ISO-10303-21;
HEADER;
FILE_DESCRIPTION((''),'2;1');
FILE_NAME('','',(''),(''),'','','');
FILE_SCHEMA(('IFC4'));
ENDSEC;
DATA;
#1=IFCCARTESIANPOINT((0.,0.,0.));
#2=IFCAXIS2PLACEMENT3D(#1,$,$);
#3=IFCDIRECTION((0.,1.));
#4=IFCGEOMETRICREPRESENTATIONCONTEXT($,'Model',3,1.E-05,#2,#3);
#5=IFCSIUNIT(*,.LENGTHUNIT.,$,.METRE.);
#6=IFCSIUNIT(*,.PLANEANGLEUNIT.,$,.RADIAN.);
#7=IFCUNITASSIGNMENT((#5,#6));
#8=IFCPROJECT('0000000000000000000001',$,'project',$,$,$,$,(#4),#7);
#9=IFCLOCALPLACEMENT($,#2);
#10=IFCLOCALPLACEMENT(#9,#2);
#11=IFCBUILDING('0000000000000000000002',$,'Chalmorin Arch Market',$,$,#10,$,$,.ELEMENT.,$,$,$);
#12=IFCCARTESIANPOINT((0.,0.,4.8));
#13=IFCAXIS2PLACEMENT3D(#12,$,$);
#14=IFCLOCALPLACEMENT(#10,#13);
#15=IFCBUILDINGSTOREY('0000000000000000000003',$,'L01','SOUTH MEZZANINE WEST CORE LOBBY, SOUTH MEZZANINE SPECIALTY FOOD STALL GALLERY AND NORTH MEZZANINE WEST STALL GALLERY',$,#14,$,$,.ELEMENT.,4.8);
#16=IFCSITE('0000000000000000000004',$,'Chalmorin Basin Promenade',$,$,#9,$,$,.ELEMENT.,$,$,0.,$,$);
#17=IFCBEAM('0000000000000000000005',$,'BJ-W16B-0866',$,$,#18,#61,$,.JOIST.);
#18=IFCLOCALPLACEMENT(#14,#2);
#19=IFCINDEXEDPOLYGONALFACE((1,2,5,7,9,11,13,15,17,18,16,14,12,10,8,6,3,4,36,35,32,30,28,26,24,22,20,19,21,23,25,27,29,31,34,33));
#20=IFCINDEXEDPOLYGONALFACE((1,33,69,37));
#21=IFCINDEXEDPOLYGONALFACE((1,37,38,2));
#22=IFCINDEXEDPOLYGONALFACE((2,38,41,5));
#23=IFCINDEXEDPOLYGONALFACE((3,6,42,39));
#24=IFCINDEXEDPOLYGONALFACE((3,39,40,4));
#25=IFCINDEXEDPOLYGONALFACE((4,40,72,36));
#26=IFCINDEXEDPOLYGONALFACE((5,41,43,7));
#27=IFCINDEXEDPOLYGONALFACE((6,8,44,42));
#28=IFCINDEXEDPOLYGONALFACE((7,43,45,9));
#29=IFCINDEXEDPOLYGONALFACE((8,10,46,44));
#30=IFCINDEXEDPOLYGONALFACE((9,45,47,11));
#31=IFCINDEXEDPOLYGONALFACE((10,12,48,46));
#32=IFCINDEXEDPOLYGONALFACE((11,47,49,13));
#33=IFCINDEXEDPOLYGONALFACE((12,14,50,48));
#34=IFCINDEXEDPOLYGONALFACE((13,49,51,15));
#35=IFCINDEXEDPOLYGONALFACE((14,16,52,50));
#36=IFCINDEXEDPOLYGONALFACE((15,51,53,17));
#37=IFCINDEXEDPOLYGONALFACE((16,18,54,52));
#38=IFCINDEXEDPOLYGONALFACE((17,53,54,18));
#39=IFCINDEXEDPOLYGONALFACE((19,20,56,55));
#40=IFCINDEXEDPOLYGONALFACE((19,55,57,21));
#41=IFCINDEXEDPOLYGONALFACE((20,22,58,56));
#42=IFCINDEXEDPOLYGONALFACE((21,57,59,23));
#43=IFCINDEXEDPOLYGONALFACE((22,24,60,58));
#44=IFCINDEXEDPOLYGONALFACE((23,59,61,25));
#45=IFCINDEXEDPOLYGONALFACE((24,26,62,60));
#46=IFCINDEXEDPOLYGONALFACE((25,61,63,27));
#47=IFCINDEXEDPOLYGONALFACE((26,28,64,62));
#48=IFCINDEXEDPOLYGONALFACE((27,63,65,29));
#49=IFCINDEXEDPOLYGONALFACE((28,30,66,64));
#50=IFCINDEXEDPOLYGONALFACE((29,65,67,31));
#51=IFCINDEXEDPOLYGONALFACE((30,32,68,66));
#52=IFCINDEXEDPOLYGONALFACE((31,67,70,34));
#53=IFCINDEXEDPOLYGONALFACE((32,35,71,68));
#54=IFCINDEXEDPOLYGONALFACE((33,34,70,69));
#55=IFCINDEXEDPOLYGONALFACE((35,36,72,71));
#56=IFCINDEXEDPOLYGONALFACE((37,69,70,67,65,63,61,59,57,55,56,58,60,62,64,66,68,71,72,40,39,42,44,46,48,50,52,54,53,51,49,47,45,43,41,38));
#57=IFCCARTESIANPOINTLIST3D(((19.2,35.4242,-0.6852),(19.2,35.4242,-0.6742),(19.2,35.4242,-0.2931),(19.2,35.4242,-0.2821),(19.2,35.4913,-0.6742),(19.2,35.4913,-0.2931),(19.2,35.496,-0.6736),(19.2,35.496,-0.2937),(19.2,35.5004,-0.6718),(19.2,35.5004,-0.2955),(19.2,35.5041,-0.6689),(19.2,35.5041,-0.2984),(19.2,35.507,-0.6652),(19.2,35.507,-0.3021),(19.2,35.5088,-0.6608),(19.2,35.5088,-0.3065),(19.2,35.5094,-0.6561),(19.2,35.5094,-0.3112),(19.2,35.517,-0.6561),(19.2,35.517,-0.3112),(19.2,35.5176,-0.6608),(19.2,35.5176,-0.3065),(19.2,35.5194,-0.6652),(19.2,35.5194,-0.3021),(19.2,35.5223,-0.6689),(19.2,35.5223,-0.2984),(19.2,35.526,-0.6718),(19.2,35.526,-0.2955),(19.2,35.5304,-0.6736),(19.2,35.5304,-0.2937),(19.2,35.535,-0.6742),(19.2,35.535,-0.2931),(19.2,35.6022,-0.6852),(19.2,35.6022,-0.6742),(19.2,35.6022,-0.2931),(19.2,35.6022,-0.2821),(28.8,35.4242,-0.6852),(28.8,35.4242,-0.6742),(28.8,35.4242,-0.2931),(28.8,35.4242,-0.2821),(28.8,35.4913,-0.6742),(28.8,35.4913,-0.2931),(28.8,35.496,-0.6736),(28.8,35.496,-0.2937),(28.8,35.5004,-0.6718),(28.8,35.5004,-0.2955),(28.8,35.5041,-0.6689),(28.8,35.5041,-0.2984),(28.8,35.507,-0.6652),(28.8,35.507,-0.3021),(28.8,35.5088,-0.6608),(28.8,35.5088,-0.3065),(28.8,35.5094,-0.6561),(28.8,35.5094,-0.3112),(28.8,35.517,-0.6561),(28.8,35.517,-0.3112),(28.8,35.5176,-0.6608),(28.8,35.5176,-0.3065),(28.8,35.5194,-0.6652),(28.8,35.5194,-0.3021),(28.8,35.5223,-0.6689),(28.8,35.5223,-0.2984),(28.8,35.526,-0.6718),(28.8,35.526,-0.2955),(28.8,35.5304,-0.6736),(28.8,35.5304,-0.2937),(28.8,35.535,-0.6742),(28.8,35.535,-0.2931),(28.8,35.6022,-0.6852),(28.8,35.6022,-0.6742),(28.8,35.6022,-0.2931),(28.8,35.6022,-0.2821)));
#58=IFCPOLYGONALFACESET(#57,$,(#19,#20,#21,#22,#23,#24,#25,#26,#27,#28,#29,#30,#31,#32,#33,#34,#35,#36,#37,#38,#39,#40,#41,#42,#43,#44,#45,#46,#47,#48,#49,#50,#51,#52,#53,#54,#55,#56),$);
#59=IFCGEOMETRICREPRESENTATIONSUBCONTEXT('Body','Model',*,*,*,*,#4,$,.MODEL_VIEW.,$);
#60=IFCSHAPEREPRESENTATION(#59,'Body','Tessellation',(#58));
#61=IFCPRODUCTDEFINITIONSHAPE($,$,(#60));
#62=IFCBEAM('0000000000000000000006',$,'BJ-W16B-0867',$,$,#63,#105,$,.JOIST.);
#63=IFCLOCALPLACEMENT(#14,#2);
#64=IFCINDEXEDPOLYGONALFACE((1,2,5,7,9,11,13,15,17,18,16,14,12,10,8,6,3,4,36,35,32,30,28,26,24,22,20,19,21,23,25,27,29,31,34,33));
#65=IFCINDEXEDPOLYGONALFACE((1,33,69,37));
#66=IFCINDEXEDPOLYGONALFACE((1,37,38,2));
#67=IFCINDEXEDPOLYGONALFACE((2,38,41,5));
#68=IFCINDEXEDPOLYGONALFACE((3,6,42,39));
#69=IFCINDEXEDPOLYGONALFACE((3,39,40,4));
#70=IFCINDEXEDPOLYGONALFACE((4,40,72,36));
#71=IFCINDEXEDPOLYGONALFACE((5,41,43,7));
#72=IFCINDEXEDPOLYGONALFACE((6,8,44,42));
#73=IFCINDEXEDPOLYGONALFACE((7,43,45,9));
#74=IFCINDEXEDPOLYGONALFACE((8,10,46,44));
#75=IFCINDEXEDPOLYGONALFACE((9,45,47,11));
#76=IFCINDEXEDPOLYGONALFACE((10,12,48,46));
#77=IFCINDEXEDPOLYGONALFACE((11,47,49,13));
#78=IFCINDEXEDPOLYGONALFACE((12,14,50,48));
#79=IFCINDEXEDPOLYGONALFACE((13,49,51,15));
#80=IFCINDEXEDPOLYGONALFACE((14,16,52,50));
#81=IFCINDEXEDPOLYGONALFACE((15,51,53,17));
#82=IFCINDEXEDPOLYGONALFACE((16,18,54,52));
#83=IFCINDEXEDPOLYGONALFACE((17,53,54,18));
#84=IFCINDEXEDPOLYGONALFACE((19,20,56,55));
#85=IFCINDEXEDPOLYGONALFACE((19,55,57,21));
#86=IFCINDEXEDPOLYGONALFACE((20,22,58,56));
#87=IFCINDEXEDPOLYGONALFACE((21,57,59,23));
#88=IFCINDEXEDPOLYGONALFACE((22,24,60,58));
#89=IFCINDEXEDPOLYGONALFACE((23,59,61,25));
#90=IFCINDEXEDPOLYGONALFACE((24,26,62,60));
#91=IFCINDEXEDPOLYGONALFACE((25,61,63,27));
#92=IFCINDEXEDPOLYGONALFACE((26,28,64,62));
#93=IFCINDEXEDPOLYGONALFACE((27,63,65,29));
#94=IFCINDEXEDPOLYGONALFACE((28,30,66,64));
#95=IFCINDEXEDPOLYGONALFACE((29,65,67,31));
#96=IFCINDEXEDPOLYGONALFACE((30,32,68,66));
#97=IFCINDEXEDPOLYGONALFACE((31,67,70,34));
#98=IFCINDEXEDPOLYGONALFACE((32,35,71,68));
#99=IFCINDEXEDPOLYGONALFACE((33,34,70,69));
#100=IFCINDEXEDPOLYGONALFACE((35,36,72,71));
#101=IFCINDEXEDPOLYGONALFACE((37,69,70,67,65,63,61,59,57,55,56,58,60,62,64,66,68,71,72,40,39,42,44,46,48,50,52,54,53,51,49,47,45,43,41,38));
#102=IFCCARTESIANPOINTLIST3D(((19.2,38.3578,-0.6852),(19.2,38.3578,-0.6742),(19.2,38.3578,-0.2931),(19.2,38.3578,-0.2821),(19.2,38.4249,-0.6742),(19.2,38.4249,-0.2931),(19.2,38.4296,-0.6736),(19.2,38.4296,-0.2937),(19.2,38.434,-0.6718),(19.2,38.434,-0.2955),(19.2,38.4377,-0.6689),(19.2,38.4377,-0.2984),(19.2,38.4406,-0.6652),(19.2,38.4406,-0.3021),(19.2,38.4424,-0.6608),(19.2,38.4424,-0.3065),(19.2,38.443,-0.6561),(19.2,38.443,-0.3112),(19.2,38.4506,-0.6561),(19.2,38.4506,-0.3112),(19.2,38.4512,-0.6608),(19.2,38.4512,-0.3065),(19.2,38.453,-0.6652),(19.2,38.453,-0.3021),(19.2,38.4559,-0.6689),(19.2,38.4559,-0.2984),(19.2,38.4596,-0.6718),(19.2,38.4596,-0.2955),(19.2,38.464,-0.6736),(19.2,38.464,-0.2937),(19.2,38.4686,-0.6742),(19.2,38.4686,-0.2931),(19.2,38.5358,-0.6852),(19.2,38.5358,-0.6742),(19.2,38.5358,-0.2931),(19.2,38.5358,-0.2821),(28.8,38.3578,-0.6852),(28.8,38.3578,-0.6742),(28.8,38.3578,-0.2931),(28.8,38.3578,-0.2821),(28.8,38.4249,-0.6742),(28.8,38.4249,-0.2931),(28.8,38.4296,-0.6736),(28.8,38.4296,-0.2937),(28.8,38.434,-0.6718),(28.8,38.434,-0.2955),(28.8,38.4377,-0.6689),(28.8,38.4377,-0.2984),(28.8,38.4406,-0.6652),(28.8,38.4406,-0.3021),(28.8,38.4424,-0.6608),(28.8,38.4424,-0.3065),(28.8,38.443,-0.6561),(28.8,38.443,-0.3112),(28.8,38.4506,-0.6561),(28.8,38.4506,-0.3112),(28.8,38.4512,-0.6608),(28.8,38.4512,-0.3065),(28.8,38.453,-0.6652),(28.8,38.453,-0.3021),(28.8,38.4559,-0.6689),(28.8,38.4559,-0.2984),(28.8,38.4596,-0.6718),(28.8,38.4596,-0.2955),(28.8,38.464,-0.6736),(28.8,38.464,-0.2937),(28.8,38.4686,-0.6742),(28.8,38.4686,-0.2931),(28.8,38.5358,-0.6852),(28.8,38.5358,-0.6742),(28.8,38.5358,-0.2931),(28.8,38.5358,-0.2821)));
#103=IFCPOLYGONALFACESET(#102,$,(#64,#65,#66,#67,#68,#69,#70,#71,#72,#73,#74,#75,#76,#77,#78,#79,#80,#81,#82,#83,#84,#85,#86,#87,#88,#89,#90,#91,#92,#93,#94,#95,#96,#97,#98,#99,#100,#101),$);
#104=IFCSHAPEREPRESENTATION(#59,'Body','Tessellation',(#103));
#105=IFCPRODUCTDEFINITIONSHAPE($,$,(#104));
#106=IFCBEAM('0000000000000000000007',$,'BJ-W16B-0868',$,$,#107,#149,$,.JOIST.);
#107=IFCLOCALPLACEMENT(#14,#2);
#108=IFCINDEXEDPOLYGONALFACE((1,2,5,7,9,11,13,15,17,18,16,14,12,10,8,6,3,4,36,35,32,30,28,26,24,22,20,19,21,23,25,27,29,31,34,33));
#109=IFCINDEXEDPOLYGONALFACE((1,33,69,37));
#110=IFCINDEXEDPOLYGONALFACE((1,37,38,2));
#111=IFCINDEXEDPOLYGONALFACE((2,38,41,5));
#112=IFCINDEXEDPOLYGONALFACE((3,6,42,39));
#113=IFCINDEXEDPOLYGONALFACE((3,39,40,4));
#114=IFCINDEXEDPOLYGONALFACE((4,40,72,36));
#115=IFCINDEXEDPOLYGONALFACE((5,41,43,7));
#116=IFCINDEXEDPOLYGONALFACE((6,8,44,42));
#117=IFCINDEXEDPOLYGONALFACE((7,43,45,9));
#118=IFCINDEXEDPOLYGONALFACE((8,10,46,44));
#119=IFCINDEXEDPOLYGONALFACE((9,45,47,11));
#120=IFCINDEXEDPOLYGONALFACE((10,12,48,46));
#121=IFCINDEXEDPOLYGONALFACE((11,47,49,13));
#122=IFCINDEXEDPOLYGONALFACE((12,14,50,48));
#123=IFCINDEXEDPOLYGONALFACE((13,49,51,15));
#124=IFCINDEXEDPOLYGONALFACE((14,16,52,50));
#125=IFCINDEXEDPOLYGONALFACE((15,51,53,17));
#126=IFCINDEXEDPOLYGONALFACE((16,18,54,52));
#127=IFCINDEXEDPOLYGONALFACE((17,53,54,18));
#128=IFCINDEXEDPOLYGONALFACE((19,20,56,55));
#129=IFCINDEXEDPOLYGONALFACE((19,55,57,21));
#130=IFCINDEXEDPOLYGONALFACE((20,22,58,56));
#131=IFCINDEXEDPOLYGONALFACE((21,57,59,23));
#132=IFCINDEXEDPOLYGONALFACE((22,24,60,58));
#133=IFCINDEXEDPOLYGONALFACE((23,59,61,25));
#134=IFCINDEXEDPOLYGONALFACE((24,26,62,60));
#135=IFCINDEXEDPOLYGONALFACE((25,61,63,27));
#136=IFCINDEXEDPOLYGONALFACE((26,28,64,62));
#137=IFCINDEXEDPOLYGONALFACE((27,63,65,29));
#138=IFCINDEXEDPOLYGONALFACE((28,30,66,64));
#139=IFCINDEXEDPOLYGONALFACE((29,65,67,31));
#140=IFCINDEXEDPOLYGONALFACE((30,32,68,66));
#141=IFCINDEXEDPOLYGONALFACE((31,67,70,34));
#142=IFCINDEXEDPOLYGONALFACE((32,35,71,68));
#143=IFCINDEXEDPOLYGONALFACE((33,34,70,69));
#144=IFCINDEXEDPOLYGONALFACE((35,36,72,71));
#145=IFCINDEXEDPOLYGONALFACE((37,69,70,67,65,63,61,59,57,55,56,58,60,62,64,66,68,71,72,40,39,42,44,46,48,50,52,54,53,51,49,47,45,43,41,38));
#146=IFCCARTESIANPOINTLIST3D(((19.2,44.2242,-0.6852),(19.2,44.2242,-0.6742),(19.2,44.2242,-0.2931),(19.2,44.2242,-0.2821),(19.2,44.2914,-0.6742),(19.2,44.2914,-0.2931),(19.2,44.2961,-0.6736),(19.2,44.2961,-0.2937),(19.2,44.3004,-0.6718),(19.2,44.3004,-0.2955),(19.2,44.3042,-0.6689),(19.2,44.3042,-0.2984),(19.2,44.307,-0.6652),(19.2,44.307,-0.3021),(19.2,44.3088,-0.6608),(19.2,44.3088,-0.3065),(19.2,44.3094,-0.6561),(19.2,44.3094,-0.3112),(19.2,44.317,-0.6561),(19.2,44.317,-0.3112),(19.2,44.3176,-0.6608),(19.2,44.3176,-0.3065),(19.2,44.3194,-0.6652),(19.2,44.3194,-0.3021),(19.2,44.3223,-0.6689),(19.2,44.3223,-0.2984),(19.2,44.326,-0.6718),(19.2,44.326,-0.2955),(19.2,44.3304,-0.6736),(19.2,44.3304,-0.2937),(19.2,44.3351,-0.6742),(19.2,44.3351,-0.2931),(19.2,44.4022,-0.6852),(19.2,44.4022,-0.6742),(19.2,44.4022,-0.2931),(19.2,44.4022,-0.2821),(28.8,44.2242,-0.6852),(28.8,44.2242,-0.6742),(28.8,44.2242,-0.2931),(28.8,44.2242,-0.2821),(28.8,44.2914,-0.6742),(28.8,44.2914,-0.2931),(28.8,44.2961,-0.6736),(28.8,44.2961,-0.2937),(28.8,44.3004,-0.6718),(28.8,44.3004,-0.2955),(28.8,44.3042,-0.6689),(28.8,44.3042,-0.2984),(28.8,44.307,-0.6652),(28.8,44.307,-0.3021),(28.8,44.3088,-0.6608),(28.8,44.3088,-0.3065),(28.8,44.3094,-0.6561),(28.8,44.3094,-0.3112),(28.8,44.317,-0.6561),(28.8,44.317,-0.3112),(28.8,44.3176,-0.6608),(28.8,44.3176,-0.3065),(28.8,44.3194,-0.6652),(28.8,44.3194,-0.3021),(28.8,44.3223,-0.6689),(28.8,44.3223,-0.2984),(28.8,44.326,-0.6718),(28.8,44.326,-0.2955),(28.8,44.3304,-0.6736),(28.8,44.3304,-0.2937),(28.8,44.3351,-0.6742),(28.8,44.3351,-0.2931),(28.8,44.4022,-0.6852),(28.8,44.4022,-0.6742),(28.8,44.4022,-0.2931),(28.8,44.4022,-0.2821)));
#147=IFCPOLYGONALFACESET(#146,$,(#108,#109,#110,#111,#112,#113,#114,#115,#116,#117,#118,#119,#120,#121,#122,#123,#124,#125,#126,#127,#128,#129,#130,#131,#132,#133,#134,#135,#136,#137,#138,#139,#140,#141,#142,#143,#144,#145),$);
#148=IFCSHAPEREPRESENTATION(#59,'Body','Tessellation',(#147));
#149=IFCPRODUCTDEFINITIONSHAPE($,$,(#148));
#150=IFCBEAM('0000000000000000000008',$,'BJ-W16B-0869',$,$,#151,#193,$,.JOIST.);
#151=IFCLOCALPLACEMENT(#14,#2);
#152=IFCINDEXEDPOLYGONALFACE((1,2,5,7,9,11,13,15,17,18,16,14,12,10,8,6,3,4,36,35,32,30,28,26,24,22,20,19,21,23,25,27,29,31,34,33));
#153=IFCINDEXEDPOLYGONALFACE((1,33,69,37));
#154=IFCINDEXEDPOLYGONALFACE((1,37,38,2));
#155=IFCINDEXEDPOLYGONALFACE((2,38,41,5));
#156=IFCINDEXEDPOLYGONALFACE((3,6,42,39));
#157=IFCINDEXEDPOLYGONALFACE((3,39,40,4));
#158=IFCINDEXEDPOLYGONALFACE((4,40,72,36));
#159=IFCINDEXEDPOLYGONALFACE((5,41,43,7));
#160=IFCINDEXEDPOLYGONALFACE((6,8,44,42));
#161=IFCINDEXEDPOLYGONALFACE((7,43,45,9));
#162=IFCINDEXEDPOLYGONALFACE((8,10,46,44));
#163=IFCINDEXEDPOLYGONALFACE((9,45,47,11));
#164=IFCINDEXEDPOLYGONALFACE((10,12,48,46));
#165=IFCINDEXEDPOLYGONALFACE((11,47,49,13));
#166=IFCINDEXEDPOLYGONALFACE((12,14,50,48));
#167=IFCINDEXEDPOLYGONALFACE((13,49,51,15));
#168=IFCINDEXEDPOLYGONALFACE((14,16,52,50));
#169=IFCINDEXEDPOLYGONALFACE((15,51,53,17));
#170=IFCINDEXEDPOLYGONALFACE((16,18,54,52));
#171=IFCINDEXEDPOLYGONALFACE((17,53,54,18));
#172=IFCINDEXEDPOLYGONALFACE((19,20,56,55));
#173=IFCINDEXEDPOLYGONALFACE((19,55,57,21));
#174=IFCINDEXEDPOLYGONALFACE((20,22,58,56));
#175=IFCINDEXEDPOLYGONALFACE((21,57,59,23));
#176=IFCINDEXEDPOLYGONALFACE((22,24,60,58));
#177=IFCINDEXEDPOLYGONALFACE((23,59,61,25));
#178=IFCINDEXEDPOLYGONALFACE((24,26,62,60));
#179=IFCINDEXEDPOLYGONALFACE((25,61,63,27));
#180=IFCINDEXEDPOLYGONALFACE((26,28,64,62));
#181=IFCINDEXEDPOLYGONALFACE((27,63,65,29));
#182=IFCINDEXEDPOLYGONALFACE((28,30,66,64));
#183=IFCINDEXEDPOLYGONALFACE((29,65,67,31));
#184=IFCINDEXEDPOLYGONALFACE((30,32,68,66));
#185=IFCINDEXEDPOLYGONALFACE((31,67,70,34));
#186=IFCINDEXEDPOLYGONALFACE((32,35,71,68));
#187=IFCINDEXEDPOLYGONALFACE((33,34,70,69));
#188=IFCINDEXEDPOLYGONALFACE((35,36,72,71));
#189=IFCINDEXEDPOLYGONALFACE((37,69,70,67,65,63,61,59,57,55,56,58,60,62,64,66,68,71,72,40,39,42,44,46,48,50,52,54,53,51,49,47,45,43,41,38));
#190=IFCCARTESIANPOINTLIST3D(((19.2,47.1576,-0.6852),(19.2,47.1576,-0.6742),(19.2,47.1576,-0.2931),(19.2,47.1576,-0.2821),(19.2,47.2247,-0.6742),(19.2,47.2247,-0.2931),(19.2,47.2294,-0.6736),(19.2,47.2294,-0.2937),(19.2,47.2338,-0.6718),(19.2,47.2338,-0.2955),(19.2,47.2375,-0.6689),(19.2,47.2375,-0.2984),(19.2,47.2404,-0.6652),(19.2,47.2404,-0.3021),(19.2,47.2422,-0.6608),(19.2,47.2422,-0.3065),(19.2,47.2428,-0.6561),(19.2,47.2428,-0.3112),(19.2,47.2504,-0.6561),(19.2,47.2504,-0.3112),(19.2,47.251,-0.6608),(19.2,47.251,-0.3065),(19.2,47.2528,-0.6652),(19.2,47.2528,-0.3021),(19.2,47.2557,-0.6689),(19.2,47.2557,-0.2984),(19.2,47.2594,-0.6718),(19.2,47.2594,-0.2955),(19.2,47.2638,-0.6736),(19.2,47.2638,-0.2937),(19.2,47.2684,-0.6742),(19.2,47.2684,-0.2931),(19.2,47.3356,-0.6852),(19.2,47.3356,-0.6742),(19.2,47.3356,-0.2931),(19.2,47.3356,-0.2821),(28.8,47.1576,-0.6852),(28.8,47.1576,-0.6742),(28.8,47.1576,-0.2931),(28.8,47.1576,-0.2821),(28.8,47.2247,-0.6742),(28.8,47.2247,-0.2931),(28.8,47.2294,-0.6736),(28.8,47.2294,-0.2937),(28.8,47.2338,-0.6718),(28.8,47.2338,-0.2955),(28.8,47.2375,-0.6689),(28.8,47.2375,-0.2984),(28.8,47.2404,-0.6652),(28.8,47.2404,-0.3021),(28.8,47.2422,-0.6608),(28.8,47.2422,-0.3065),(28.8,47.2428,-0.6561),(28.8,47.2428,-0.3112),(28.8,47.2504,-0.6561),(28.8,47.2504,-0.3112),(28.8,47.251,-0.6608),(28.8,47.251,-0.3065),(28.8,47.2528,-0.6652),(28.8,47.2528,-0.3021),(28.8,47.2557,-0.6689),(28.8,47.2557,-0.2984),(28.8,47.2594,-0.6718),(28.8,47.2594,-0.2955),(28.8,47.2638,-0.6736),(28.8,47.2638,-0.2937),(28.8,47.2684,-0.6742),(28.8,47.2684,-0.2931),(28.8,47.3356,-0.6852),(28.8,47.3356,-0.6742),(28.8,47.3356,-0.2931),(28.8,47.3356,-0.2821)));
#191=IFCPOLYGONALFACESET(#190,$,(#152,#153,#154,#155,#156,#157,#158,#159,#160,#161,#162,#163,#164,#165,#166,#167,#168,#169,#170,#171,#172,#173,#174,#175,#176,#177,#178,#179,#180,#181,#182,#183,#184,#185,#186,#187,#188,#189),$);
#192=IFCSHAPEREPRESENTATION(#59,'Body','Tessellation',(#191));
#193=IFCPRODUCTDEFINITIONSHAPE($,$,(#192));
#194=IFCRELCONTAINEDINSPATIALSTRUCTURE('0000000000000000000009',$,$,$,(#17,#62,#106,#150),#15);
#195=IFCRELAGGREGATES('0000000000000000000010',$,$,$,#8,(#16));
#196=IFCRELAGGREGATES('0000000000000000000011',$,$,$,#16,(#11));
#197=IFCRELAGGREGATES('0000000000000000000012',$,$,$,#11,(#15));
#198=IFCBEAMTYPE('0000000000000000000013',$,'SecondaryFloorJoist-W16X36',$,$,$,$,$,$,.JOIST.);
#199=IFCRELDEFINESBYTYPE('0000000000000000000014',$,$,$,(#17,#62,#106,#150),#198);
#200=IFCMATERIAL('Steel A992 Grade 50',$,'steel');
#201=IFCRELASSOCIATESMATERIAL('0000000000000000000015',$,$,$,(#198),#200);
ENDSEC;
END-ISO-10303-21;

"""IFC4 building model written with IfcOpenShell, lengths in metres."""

from ifc_helpers import new_model, si_unit, direction, frame, origin, origin_2d, place, context, subcontext, project, spatial, i_section, extrude, material, material_profile, profile_set, type_object, element, save


model = new_model("IFC4")

# Units and contexts
model_context = context("Model", 3, precision=1e-05, world=origin(), true_north=direction((0.0, 1.0)))
body_context = subcontext(model_context, "Body", "Model", "MODEL_VIEW")
ifc_project = project(units=[si_unit("LENGTHUNIT", "METRE"), si_unit("PLANEANGLEUNIT", "RADIAN")], contexts=[model_context])

# Site, building, storey
site_placement = place(None, origin())
site = spatial("IfcSite", under=ifc_project, at=site_placement, Name="Chalmorin Basin Promenade", CompositionType="ELEMENT", RefElevation=0.0)
building_placement = place(site_placement, origin())
building = spatial("IfcBuilding", under=site, at=building_placement, Name="Chalmorin Arch Market", CompositionType="ELEMENT")
storey_placement = place(building_placement, frame((0.0, 0.0, 4.8)))
storey = spatial("IfcBuildingStorey", under=building, at=storey_placement, Name="L01", Description="SOUTH MEZZANINE WEST CORE LOBBY, SOUTH MEZZANINE SPECIALTY FOOD STALL GALLERY AND NORTH MEZZANINE WEST STALL GALLERY", CompositionType="ELEMENT", Elevation=4.8)

# Shared definitions
ifc_material_1 = material(Name="Steel A992 Grade 50", Category="steel")

# Beams
ifc_material_profile_1 = material_profile(ifc_material_1, i_section(OverallWidth=0.178, OverallDepth=0.4031, WebThickness=0.0076, FlangeThickness=0.011, FilletRadius=0.0181, at=origin_2d()), Name="W16X36")
ifc_profile_set_1 = profile_set([ifc_material_profile_1], Name="Steel A992 Grade 50")
beam_type_1 = type_object("IfcBeamType", Name="SecondaryFloorJoist-W16X36", PredefinedType="JOIST", material=ifc_profile_set_1)
for number, where, z_axis, x_axis, name in (
    (1, (19.2, 35.5132, -0.4836), (1.0, 0.0, 0.0), (0.0, 1.0, 0.0), "BJ-W16B-0866"),
    (2, (19.2, 38.4468, -0.4836), (1.0, 0.0, 0.0), (0.0, 1.0, 0.0), "BJ-W16B-0867"),
    (3, (19.2, 44.3132, -0.4836), (1.0, 0.0, 0.0), (0.0, 1.0, 0.0), "BJ-W16B-0868"),
    (4, (19.2, 47.2466, -0.4836), (1.0, 0.0, 0.0), (0.0, 1.0, 0.0), "BJ-W16B-0869"),
):
    element("IfcBeam", number, at=place(storey_placement, frame(where, z_axis=z_axis, x_axis=x_axis)), inside=storey, type_object=beam_type_1, Name=name, PredefinedType="JOIST", context=body_context, shape_type="SweptSolid", body=[
        extrude(i_section(OverallWidth=0.178, OverallDepth=0.4031, WebThickness=0.0076, FlangeThickness=0.011, FilletRadius=0.0181, at=origin_2d()), origin(), (0.0, 0.0, 1.0), 9.6001),
    ])

save(model, "model.ifc")
